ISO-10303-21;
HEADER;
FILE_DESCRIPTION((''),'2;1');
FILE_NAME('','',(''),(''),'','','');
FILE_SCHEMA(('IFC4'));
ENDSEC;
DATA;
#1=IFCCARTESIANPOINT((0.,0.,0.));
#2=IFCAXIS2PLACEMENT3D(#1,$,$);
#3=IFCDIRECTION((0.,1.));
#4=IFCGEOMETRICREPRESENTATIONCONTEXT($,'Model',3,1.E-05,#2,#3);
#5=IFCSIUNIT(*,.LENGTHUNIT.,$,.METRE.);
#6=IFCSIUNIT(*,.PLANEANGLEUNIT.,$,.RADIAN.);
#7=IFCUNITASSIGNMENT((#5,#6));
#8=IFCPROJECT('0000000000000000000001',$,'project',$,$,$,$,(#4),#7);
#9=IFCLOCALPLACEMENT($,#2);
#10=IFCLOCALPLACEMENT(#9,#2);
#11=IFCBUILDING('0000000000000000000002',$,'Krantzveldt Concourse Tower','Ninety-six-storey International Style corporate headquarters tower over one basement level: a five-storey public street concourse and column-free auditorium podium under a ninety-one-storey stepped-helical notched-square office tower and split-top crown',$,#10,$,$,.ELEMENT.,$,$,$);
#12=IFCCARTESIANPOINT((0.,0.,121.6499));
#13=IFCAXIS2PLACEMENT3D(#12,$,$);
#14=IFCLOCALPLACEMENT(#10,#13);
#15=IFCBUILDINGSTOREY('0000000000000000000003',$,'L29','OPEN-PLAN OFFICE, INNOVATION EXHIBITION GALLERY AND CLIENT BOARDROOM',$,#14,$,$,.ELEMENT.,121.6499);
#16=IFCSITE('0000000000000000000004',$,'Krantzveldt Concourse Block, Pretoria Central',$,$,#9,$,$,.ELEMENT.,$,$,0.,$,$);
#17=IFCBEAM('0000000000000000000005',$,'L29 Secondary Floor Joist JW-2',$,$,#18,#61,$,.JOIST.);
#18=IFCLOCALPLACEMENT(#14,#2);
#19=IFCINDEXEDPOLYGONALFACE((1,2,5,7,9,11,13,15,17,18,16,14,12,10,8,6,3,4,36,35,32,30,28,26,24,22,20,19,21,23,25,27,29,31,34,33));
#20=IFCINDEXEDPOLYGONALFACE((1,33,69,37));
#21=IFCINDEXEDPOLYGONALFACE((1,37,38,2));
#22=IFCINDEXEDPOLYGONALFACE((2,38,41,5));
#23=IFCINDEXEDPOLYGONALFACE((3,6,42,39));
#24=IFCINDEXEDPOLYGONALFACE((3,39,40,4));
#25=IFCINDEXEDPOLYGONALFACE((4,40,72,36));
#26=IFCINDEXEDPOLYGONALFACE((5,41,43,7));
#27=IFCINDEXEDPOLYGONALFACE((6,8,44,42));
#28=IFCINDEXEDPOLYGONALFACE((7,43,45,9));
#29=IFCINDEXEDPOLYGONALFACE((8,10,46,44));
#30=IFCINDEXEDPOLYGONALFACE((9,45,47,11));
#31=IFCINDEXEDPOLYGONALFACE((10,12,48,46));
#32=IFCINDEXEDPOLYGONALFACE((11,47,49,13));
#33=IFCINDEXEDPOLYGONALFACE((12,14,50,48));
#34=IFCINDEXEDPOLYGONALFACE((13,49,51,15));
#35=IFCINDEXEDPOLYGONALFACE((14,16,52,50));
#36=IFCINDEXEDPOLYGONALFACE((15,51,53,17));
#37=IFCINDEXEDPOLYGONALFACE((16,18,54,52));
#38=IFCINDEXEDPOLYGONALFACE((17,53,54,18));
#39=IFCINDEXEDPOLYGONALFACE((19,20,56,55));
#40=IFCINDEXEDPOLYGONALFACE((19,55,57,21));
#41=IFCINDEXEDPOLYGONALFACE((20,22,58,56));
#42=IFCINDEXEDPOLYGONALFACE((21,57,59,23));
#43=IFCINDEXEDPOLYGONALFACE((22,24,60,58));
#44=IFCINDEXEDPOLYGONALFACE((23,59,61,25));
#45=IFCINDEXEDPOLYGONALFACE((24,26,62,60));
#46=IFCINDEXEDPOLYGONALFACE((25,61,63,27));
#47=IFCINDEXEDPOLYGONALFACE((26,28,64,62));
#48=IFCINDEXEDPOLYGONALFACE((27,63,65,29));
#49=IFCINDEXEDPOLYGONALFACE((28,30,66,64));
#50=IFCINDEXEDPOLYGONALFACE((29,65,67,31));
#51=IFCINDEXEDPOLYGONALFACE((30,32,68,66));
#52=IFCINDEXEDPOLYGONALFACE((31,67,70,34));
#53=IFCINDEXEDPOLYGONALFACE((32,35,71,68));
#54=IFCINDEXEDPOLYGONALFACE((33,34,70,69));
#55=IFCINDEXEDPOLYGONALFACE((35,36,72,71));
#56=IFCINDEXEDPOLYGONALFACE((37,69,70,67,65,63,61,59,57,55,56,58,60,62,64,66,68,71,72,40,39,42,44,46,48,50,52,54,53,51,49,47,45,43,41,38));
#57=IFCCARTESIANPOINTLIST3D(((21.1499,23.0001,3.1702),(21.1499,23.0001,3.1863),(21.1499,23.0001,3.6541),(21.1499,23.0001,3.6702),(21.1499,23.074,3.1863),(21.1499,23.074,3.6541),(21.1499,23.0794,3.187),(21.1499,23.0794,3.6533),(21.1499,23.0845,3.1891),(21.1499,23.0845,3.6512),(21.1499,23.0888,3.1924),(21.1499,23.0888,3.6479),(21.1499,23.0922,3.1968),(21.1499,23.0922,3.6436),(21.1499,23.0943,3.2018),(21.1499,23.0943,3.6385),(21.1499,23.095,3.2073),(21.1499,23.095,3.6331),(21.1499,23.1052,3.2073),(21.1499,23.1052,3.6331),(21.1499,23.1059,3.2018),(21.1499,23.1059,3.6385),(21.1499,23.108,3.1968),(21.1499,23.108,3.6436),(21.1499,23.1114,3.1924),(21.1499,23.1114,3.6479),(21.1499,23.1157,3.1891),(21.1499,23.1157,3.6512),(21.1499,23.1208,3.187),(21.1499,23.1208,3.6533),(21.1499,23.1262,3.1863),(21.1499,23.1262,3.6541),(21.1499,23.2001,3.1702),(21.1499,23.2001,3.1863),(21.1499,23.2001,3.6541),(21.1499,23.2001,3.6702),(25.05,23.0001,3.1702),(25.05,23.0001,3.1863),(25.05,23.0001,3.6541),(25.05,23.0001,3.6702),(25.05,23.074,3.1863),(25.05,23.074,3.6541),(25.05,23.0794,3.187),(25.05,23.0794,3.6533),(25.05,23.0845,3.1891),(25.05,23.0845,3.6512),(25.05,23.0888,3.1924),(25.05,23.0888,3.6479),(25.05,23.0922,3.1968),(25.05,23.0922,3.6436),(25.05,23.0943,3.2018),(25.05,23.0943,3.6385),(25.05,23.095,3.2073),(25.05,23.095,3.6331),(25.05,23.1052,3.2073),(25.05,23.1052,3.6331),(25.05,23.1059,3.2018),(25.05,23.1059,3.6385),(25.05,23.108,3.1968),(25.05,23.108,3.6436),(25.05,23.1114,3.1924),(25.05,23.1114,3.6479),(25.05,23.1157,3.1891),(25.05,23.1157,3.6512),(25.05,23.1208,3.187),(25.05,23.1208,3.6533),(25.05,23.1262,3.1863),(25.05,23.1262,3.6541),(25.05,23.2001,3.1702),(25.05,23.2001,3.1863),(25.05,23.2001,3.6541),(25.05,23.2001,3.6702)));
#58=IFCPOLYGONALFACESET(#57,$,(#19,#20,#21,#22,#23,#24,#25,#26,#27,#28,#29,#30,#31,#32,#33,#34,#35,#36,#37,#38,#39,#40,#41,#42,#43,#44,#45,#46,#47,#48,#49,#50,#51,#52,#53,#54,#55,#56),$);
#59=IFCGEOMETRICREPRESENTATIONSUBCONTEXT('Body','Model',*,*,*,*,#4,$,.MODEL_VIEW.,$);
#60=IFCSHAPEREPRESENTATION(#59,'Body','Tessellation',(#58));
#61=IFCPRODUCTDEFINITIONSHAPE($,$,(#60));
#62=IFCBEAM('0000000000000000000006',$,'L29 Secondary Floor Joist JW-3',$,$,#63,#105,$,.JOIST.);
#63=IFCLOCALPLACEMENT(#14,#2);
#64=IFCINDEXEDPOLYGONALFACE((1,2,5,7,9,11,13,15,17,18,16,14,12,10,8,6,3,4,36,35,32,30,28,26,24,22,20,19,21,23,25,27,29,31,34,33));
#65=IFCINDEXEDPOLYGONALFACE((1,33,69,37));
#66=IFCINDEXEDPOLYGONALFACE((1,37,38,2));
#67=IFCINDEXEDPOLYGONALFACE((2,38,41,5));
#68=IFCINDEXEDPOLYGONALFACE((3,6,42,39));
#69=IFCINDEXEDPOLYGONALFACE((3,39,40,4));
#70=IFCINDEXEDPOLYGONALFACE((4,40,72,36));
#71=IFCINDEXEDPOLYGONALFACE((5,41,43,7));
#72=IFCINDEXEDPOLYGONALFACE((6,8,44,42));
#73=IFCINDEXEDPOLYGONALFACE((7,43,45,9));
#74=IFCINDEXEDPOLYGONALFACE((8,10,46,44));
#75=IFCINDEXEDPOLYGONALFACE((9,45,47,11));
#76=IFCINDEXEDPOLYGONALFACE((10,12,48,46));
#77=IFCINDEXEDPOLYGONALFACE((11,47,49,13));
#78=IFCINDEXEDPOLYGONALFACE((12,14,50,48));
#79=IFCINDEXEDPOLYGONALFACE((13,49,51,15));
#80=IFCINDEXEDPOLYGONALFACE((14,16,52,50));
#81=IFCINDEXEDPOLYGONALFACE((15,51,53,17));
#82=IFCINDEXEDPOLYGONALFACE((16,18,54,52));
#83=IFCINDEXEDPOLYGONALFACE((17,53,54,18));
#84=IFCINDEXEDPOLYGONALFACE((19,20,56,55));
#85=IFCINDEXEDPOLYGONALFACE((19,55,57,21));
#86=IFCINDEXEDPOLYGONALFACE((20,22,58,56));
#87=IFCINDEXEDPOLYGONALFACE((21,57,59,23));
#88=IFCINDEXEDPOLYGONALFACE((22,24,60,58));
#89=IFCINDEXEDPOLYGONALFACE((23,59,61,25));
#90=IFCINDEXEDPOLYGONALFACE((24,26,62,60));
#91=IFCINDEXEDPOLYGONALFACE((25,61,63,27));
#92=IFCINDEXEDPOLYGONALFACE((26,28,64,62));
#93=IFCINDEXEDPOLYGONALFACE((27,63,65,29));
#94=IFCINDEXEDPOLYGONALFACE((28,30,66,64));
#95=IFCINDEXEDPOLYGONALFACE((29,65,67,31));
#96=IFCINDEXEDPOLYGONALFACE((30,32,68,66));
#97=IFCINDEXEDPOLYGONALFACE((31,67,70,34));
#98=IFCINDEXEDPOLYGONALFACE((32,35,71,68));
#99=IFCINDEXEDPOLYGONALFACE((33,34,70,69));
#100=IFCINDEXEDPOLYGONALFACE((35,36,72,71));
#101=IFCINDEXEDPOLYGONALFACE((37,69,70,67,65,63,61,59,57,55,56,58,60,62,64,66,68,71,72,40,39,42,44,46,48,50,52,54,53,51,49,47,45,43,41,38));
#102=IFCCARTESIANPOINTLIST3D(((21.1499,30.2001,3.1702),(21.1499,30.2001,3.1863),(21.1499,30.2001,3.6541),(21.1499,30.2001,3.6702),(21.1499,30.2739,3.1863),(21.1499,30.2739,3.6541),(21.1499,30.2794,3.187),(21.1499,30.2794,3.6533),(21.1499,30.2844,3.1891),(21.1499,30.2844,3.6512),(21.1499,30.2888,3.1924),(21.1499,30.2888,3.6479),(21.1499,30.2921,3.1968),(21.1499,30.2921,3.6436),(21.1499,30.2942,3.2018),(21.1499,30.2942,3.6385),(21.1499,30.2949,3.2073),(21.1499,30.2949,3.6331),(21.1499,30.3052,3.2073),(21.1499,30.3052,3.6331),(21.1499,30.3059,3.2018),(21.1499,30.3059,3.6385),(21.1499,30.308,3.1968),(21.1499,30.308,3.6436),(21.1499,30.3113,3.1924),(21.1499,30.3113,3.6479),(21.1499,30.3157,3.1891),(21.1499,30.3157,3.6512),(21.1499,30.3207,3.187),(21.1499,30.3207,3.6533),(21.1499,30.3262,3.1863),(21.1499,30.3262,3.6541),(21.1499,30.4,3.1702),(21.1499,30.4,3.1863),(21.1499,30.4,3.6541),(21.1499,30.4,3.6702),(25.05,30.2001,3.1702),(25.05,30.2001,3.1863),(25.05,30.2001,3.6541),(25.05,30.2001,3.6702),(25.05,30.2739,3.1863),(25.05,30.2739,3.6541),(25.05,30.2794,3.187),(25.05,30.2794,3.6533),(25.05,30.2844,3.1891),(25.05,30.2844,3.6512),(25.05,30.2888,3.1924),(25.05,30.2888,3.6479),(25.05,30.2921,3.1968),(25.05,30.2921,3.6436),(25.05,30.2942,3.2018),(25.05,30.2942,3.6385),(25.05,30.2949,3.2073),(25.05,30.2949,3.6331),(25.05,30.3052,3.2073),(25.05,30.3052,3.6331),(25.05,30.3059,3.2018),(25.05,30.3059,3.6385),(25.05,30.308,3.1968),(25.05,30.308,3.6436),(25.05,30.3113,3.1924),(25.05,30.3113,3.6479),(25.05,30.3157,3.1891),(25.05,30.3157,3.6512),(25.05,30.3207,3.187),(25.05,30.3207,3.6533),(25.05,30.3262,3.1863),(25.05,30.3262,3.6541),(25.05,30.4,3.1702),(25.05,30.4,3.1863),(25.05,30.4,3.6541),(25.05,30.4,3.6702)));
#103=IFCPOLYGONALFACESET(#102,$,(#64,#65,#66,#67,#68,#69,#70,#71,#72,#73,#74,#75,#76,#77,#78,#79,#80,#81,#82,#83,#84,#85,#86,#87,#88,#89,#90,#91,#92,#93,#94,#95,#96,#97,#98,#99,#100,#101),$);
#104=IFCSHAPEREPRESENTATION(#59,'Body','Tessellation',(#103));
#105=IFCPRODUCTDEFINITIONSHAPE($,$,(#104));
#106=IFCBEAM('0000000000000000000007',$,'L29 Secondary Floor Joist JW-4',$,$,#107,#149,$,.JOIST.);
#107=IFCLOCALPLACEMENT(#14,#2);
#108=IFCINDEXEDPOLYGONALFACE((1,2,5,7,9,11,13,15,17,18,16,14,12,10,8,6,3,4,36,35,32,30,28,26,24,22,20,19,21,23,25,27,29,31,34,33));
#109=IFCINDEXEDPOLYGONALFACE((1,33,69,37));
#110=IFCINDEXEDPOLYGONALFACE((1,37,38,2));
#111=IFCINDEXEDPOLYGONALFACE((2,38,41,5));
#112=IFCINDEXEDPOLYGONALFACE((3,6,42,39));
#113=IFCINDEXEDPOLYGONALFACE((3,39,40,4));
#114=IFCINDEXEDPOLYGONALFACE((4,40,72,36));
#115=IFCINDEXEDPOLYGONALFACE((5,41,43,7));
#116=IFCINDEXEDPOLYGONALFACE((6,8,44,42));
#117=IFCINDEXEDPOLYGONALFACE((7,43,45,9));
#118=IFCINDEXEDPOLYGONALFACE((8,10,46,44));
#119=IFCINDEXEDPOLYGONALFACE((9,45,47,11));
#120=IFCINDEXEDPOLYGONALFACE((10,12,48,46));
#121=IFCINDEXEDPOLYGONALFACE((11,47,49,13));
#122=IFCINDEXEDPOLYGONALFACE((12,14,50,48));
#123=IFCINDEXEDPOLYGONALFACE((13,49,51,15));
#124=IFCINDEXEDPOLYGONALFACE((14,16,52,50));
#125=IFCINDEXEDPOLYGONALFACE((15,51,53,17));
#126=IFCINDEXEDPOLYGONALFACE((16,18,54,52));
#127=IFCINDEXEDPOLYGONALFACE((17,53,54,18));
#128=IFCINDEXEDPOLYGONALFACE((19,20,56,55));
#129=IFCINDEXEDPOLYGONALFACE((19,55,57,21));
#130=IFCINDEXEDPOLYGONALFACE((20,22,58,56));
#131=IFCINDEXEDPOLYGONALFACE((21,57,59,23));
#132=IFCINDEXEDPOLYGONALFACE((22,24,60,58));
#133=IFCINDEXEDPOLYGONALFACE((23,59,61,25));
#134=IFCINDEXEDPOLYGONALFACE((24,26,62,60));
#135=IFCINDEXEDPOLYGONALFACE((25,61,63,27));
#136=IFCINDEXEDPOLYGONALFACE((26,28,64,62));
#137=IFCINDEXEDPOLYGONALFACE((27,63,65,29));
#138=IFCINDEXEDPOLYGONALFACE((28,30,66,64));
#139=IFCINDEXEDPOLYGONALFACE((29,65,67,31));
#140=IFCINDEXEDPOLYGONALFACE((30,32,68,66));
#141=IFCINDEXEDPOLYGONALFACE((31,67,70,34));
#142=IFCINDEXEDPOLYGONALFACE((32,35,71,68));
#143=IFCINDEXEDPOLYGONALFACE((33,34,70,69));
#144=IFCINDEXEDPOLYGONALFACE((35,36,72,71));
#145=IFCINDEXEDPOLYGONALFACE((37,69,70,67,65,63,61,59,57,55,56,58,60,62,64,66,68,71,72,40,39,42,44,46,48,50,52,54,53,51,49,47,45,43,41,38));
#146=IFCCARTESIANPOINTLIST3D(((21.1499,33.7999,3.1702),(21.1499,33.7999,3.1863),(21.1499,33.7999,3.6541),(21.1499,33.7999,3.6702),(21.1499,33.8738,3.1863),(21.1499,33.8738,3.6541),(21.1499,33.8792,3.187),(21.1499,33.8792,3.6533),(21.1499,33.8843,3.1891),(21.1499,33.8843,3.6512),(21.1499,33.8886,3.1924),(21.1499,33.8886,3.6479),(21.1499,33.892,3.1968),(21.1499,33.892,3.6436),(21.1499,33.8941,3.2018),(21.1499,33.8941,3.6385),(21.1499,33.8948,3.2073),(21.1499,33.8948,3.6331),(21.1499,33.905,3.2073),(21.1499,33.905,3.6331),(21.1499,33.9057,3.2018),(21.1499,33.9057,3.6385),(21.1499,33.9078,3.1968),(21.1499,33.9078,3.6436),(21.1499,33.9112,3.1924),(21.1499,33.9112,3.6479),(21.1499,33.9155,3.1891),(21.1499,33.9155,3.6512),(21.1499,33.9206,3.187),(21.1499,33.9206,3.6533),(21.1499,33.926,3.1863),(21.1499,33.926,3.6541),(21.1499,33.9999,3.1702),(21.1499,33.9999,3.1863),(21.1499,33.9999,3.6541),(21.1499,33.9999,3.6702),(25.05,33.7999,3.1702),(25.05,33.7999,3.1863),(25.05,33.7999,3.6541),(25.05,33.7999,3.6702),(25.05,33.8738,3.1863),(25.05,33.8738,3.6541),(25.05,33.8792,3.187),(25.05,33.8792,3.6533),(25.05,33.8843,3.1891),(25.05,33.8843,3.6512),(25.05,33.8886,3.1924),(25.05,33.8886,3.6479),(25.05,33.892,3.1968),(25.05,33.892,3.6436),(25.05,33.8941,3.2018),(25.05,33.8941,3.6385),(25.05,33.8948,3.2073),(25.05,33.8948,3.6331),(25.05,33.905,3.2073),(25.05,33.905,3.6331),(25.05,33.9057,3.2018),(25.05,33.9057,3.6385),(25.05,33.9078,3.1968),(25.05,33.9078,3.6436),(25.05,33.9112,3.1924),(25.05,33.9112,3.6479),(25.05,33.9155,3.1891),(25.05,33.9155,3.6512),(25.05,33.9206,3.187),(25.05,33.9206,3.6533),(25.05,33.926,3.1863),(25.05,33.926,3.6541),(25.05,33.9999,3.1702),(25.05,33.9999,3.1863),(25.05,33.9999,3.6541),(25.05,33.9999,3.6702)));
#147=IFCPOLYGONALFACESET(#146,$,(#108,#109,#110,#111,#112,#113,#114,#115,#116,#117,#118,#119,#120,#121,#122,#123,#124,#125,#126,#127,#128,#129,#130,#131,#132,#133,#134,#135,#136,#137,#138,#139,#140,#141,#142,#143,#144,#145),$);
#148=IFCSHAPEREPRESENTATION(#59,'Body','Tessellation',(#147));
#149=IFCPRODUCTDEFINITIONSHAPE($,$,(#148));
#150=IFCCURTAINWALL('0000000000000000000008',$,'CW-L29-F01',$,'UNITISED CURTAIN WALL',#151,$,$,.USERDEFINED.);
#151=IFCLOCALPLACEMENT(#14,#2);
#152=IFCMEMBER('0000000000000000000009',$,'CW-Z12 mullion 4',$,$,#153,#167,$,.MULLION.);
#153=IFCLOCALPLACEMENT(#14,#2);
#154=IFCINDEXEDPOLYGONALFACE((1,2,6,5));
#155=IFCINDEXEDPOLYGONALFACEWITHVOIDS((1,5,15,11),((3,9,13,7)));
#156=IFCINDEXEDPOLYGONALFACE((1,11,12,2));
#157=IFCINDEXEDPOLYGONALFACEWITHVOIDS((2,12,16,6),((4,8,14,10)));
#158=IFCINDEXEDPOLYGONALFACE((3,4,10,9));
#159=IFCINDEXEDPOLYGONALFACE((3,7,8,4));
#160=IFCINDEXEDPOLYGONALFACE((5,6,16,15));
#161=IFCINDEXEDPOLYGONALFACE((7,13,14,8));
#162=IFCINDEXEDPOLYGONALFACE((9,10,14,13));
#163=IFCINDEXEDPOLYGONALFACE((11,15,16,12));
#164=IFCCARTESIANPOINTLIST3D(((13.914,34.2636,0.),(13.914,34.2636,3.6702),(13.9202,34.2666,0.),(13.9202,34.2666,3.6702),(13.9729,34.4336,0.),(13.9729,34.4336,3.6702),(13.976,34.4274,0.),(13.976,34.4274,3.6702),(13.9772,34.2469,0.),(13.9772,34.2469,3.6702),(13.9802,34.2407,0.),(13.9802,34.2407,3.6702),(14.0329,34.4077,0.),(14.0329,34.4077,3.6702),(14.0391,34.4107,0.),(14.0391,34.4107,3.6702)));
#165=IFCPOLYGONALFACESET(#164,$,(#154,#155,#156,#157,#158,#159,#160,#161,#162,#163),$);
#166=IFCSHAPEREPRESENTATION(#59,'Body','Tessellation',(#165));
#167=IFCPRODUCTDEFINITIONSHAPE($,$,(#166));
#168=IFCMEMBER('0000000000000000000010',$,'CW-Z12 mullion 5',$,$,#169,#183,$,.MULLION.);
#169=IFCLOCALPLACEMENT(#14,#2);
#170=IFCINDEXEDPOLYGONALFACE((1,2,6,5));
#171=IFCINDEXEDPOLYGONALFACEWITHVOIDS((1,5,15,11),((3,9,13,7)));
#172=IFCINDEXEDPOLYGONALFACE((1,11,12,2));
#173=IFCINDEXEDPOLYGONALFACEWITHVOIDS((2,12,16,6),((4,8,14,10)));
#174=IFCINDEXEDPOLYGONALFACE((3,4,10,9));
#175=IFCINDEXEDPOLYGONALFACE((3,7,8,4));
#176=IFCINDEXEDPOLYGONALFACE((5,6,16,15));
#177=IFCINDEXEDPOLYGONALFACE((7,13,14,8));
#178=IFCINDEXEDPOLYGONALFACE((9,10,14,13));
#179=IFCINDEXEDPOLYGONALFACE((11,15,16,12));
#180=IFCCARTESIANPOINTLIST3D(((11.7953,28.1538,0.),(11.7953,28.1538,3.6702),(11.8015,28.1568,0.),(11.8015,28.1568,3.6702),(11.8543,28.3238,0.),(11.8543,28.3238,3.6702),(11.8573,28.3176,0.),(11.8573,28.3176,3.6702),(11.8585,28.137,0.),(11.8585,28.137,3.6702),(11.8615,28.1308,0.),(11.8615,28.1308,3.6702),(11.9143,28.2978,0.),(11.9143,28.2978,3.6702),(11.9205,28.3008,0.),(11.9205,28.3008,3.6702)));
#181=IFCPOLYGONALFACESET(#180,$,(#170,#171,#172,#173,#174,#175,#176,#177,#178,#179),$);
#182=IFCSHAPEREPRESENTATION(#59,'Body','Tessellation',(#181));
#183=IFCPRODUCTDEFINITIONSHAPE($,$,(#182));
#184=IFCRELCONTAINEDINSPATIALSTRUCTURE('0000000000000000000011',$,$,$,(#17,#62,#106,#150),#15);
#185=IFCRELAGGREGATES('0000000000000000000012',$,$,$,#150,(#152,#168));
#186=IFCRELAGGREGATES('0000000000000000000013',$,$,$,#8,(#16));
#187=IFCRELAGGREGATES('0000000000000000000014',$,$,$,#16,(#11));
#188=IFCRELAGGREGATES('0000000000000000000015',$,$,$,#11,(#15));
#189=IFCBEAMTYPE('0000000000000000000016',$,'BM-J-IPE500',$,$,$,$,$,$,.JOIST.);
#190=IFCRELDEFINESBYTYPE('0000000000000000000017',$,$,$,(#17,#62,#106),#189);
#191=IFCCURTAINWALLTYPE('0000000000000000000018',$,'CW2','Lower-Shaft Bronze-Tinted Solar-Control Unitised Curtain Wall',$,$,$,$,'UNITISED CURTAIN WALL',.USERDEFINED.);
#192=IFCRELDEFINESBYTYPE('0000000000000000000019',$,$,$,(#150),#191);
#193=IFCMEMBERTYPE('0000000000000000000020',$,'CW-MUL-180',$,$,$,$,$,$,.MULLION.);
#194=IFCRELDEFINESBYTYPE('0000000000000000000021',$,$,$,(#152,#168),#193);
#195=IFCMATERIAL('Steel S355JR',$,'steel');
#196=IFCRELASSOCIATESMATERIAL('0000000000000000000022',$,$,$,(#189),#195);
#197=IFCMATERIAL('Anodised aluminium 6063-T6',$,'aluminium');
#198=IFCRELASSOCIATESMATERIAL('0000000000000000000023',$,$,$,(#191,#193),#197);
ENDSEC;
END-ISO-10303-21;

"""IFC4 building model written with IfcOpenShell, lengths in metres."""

from ifc_helpers import new_model, si_unit, direction, frame, origin, origin_2d, place, context, subcontext, project, spatial, hollow_rectangle, i_section, extrude, source, transform, mapped, material, material_profile, profile_set, type_object, type_shapes, element, aggregate, save


model = new_model("IFC4")

# Units and contexts
model_context = context("Model", 3, precision=1e-05, world=origin(), true_north=direction((0.0, 1.0)))
body_context = subcontext(model_context, "Body", "Model", "MODEL_VIEW")
ifc_project = project(units=[si_unit("LENGTHUNIT", "METRE"), si_unit("PLANEANGLEUNIT", "RADIAN")], contexts=[model_context])

# Site, building, storey
site_placement = place(None, origin())
site = spatial("IfcSite", under=ifc_project, at=site_placement, Name="Krantzveldt Concourse Block, Pretoria Central", CompositionType="ELEMENT", RefElevation=0.0)
building_placement = place(site_placement, origin())
building = spatial("IfcBuilding", under=site, at=building_placement, Name="Krantzveldt Concourse Tower", Description="Ninety-six-storey International Style corporate headquarters tower over one basement level: a five-storey public street concourse and column-free auditorium podium under a ninety-one-storey stepped-helical notched-square office tower and split-top crown", CompositionType="ELEMENT")
storey_placement = place(building_placement, frame((0.0, 0.0, 121.6499)))
storey = spatial("IfcBuildingStorey", under=building, at=storey_placement, Name="L29", Description="OPEN-PLAN OFFICE, INNOVATION EXHIBITION GALLERY AND CLIENT BOARDROOM", CompositionType="ELEMENT", Elevation=121.6499)

# Beams
ifc_material_1 = material(Name="Steel S355JR", Category="steel")
ifc_material_profile_1 = material_profile(ifc_material_1, i_section(OverallWidth=0.2, OverallDepth=0.5, WebThickness=0.0103, FlangeThickness=0.0161, FilletRadius=0.021, at=origin_2d()), Name="Steel S355JR", Category="steel")
ifc_profile_set_1 = profile_set([ifc_material_profile_1], Name="Steel S355JR - IPE 500")
beam_type_1 = type_object("IfcBeamType", Name="BM-J-IPE500", PredefinedType="JOIST", material=ifc_profile_set_1)
shared_shape_1 = source(origin(), body_context, "Body", "SweptSolid", [
    extrude(i_section(OverallWidth=0.2, OverallDepth=0.5, WebThickness=0.0103, FlangeThickness=0.0161, FilletRadius=0.021, at=origin_2d()), origin(), (0.0, 0.0, 1.0), 3.9001),
])
type_shapes(beam_type_1, [shared_shape_1])
for number, where, z_axis, x_axis, name in (
    (1, (21.1499, 23.1001, 3.4202), (1.0, 0.0, 0.0), (0.0, 1.0, 0.0), "L29 Secondary Floor Joist JW-2"),
    (2, (21.1499, 30.3, 3.4202), (1.0, 0.0, 0.0), (0.0, 1.0, 0.0), "L29 Secondary Floor Joist JW-3"),
    (3, (21.1499, 33.8999, 3.4202), (1.0, 0.0, 0.0), (0.0, 1.0, 0.0), "L29 Secondary Floor Joist JW-4"),
):
    element("IfcBeam", number, at=place(storey_placement, frame(where, z_axis=z_axis, x_axis=x_axis)), inside=storey, type_object=beam_type_1, Name=name, PredefinedType="JOIST", context=body_context, shape_type="MappedRepresentation", body=[
        mapped(shared_shape_1, transform((0.0, 0.0, 0.0), x_axis=(1.0, 0.0, 0.0), y_axis=(0.0, 1.0, 0.0), z_axis=(0.0, 0.0, 1.0), scale=1.0)),
    ])

# Curtain wall, members
ifc_material_2 = material(Name="Anodised aluminium 6063-T6", Category="aluminium")
curtain_wall_type = type_object("IfcCurtainWallType", Name="CW2", Description="Lower-Shaft Bronze-Tinted Solar-Control Unitised Curtain Wall", ElementType="UNITISED CURTAIN WALL", PredefinedType="USERDEFINED", material=ifc_material_2)
curtain_wall_placement = place(storey_placement, origin())
curtain_wall = element("IfcCurtainWall", 4, at=curtain_wall_placement, inside=storey, type_object=curtain_wall_type, Name="CW-L29-F01", ObjectType="UNITISED CURTAIN WALL", PredefinedType="USERDEFINED")
ifc_material_profile_2 = material_profile(ifc_material_2, hollow_rectangle(XDim=0.0701, YDim=0.1799, WallThickness=0.0049, at=origin_2d()), Name="Anodised aluminium 6063-T6", Category="aluminium")
ifc_profile_set_2 = profile_set([ifc_material_profile_2], Name="Anodised aluminium 6063-T6 - ALU-MULL 180x70x5")
member_type_1 = type_object("IfcMemberType", Name="CW-MUL-180", PredefinedType="MULLION", material=ifc_profile_set_2)
shared_shape_2 = source(origin(), body_context, "Body", "SweptSolid", [
    extrude(hollow_rectangle(XDim=0.0701, YDim=0.1799, WallThickness=0.0049, at=origin_2d()), origin(), (0.0, 0.0, 1.0), 3.6702),
])
type_shapes(member_type_1, [shared_shape_2])
member_1_placement = place(storey_placement, frame((13.9766, 34.3372, 0.0), z_axis=(0.0, 0.0, 1.0), x_axis=(0.944806, -0.32763, 0.0)))
member_1 = element("IfcMember", 5, at=member_1_placement, type_object=member_type_1, Name="CW-Z12 mullion 4", PredefinedType="MULLION", context=body_context, shape_type="MappedRepresentation", body=[
    mapped(shared_shape_2, transform((0.0, 0.0, 0.0), x_axis=(1.0, 0.0, 0.0), y_axis=(0.0, 1.0, 0.0), z_axis=(0.0, 0.0, 1.0), scale=1.0)),
])
member_2_placement = place(storey_placement, frame((11.8579, 28.2273, 0.0), z_axis=(0.0, 0.0, 1.0), x_axis=(0.944806, -0.32763, 0.0)))
member_2 = element("IfcMember", 6, at=member_2_placement, type_object=member_type_1, Name="CW-Z12 mullion 5", PredefinedType="MULLION", context=body_context, shape_type="MappedRepresentation", body=[
    mapped(shared_shape_2, transform((0.0, 0.0, 0.0), x_axis=(1.0, 0.0, 0.0), y_axis=(0.0, 1.0, 0.0), z_axis=(0.0, 0.0, 1.0), scale=1.0)),
])
aggregate(curtain_wall, [member_1, member_2])

save(model, "model.ifc")
